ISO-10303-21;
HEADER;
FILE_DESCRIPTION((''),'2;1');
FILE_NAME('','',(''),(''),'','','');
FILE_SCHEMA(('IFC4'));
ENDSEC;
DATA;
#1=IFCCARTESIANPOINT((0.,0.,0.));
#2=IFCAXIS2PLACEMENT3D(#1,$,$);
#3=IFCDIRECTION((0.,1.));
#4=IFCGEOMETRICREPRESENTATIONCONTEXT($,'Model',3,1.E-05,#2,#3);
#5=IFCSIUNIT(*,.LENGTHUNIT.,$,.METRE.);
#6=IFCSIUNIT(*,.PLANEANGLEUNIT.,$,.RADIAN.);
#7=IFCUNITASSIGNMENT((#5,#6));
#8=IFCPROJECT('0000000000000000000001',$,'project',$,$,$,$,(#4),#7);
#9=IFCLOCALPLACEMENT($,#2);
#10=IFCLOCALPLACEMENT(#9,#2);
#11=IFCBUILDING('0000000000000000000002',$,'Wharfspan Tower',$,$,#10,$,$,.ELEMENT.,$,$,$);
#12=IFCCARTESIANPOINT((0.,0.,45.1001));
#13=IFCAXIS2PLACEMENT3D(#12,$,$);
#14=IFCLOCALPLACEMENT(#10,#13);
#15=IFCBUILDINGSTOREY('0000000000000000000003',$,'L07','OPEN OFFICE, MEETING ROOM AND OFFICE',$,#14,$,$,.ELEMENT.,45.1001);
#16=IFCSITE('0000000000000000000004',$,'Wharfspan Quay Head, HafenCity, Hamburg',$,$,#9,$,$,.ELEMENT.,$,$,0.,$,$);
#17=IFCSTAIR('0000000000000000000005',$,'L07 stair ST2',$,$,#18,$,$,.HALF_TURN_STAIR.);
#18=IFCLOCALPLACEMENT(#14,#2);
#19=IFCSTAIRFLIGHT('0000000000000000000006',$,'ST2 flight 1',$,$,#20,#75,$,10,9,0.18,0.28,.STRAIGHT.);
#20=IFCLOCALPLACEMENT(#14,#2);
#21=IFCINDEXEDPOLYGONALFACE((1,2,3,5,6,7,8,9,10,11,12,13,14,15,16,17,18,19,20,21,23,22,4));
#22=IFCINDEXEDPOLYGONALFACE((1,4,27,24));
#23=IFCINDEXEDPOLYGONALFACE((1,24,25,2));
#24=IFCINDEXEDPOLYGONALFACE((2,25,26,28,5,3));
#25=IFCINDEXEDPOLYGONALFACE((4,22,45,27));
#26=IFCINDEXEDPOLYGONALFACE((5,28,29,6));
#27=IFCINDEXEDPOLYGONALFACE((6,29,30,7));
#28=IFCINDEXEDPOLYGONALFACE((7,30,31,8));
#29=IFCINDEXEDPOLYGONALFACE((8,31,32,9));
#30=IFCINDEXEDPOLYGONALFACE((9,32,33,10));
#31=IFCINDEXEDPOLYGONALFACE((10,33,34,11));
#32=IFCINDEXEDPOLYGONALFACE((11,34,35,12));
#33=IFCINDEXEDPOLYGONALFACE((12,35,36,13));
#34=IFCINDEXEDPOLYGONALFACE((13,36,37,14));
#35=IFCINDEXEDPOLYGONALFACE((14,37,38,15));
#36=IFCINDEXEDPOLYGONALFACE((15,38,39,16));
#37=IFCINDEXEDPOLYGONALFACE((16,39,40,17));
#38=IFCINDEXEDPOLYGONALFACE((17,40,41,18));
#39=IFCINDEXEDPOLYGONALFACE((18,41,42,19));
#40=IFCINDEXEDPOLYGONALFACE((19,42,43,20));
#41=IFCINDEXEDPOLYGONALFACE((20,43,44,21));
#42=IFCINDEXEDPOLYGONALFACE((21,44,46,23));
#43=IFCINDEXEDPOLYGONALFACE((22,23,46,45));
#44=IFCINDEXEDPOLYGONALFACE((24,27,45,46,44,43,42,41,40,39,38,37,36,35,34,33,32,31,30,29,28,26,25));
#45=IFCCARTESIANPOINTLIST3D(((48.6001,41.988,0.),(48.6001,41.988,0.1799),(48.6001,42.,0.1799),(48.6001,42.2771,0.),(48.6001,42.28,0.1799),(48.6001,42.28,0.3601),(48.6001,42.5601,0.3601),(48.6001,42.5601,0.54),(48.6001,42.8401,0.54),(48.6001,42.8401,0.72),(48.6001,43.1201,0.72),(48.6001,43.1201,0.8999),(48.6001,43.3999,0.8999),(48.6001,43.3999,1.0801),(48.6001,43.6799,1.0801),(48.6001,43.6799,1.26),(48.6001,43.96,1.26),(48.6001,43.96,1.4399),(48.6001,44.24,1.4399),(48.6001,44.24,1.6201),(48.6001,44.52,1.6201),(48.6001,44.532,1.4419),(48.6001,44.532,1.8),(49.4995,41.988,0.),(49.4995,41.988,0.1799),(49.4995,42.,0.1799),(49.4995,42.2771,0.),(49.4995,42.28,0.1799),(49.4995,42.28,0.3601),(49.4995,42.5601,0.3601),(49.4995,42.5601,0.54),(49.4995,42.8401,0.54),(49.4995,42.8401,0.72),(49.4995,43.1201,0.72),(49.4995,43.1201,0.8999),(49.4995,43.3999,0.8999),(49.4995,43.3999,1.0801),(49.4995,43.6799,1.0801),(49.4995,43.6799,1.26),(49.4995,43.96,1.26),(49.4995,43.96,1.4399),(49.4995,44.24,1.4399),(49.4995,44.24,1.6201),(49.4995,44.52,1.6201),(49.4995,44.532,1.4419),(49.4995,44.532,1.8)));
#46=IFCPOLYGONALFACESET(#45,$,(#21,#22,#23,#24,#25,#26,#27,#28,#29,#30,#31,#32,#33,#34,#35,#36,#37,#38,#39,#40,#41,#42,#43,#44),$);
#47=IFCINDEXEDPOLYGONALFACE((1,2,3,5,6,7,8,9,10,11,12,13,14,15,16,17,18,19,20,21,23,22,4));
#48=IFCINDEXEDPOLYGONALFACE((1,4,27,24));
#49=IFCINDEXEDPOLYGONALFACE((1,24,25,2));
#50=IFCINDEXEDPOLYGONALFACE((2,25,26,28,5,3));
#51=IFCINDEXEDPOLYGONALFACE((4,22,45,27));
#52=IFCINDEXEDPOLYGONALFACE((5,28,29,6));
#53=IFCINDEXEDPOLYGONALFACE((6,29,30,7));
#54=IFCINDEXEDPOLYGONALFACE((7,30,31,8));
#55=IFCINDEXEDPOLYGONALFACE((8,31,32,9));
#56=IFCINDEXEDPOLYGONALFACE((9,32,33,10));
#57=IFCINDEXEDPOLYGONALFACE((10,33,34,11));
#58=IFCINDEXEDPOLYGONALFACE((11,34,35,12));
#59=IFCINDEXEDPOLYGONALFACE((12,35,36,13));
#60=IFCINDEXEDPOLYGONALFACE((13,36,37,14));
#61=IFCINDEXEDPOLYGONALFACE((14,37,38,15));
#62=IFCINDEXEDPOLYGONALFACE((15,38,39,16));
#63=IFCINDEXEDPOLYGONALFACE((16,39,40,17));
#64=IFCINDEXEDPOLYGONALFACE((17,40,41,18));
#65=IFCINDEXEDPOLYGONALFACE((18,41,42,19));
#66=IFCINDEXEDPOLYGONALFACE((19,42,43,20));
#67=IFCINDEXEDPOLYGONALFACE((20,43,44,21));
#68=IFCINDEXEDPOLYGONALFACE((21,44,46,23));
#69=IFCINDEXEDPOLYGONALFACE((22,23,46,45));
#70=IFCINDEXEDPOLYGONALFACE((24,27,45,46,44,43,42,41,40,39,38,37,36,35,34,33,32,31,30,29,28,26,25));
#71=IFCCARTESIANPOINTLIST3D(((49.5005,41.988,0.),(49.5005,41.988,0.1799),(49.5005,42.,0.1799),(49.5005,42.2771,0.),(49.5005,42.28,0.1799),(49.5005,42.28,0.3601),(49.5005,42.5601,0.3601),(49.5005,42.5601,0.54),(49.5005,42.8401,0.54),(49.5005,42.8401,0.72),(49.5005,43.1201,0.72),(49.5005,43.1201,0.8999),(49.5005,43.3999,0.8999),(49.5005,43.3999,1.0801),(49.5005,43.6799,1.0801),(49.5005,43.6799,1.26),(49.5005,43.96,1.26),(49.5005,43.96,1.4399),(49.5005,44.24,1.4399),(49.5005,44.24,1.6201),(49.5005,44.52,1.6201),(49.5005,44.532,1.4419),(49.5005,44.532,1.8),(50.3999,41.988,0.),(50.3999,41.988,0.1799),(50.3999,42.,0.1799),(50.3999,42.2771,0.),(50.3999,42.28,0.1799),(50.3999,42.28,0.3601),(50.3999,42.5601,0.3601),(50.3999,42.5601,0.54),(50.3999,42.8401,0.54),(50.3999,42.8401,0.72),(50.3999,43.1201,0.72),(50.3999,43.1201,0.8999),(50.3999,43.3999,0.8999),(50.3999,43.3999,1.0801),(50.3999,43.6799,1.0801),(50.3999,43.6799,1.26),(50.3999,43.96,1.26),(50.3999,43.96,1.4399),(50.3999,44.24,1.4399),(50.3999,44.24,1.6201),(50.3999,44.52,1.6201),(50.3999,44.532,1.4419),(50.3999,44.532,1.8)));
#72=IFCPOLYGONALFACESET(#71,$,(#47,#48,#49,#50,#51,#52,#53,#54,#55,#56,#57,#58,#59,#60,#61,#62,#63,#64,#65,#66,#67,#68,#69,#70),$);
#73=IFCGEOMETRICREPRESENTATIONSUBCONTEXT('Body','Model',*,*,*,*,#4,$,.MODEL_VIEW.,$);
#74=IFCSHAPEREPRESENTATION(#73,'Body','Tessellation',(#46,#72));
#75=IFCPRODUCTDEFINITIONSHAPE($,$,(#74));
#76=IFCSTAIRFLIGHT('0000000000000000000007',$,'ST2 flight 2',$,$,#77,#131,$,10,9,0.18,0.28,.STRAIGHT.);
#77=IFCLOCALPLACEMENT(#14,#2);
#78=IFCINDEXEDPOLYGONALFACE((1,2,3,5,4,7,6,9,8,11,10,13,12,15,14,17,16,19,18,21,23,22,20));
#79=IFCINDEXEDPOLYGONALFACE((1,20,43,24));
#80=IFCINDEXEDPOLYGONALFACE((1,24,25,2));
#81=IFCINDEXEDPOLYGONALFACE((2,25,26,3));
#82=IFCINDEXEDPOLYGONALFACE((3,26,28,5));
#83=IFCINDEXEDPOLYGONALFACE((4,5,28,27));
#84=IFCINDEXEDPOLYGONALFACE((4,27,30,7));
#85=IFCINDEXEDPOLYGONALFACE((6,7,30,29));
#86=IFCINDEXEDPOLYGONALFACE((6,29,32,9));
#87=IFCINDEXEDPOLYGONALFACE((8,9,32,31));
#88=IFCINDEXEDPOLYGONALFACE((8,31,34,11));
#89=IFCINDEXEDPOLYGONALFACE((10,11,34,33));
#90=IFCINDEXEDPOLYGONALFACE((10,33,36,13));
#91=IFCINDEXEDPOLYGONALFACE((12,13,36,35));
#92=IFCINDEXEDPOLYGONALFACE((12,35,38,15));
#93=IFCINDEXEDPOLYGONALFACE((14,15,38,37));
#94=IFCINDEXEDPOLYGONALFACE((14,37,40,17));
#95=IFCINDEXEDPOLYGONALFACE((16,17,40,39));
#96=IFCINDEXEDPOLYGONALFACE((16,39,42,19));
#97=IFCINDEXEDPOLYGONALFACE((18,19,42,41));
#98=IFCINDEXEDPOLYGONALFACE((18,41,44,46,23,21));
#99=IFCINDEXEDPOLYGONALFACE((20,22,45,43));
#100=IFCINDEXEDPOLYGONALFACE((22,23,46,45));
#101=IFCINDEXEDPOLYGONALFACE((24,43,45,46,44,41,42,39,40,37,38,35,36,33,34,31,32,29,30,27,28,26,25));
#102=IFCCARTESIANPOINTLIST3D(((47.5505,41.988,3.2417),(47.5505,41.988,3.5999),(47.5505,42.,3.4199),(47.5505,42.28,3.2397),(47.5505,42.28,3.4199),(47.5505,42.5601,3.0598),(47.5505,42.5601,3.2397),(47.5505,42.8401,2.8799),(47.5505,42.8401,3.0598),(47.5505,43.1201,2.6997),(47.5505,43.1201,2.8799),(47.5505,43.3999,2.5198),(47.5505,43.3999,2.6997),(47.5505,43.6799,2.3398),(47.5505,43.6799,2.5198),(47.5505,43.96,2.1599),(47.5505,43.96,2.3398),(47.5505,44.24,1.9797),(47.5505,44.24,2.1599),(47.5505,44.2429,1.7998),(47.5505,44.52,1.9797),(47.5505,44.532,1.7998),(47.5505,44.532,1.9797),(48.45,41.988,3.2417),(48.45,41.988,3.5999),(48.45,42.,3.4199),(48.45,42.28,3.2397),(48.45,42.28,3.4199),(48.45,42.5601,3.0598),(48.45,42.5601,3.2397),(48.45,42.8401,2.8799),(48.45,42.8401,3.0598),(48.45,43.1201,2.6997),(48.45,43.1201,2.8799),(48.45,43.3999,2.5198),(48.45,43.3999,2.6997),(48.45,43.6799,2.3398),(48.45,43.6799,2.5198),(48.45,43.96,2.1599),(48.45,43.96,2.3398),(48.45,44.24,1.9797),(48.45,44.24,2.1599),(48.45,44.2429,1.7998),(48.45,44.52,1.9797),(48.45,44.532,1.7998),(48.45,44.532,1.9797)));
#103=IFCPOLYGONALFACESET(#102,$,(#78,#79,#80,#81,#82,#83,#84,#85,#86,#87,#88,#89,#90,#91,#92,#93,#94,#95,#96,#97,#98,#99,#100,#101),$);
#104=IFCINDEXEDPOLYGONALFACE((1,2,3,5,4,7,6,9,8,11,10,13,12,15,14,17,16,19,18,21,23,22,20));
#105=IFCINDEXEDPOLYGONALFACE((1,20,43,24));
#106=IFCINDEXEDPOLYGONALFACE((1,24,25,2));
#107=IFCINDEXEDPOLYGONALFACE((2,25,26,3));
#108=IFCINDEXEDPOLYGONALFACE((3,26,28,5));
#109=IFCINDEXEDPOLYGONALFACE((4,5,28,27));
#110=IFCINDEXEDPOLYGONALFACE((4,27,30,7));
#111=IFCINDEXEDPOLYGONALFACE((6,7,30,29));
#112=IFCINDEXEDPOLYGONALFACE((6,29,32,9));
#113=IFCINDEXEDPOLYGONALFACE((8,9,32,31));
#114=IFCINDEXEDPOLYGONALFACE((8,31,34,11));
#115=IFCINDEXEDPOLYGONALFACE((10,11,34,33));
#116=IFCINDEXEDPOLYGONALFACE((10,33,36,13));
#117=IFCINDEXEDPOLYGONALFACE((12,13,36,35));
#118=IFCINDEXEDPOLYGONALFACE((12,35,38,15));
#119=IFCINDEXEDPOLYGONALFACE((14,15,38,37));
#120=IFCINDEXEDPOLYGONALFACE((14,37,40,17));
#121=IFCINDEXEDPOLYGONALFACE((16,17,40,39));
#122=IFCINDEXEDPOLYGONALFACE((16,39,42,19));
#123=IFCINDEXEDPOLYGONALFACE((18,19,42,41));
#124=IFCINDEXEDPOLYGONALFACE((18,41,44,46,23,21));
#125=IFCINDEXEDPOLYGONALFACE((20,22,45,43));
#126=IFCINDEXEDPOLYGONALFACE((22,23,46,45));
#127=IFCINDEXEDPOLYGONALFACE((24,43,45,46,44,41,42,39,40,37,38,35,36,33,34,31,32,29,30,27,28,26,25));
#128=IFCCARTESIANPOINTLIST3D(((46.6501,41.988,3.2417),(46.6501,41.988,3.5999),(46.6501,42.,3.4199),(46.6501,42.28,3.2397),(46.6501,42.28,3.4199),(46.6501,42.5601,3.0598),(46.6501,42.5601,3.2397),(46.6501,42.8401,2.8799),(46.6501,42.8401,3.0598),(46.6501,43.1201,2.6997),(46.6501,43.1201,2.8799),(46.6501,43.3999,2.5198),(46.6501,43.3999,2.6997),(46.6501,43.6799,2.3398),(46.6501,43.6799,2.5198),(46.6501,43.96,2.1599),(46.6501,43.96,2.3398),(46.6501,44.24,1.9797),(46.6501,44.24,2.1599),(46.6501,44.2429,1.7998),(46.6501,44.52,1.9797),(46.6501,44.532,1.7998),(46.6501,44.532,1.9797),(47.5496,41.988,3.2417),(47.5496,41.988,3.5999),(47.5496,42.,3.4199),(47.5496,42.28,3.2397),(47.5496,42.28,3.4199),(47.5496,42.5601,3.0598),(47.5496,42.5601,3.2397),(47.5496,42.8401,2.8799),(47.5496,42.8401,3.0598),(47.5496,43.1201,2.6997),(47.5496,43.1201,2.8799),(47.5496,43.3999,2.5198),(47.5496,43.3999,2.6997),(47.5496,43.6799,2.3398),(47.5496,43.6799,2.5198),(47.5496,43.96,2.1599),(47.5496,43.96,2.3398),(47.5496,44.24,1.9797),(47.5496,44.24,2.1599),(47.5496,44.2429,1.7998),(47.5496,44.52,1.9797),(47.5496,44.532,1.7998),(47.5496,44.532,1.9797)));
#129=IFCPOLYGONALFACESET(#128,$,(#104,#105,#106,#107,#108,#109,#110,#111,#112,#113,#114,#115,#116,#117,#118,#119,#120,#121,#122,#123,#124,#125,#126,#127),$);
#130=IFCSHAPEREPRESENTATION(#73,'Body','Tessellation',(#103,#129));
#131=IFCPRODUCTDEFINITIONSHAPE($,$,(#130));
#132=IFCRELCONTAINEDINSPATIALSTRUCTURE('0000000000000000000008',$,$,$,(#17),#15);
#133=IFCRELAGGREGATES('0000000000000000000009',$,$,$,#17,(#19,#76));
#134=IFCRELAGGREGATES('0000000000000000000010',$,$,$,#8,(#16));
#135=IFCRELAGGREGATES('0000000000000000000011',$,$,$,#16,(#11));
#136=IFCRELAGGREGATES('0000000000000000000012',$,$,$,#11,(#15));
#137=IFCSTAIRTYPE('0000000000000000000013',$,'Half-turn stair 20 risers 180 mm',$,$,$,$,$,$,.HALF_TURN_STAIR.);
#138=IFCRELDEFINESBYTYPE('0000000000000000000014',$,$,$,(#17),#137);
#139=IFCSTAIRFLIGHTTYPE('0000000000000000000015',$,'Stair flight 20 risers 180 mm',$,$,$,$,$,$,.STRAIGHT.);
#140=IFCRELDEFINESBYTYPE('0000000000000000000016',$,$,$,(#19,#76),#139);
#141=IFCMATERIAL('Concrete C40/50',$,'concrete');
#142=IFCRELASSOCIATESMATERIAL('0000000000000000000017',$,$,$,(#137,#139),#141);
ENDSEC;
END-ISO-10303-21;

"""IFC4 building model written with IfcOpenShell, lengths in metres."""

from ifc_helpers import new_model, si_unit, direction, frame, origin, place, context, subcontext, project, spatial, polyline, outline, extrude, material, type_object, element, aggregate, save


model = new_model("IFC4")

# Units and contexts
model_context = context("Model", 3, precision=1e-05, world=origin(), true_north=direction((0.0, 1.0)))
body_context = subcontext(model_context, "Body", "Model", "MODEL_VIEW")
ifc_project = project(units=[si_unit("LENGTHUNIT", "METRE"), si_unit("PLANEANGLEUNIT", "RADIAN")], contexts=[model_context])

# Site, building, storey
site_placement = place(None, origin())
site = spatial("IfcSite", under=ifc_project, at=site_placement, Name="Wharfspan Quay Head, HafenCity, Hamburg", CompositionType="ELEMENT", RefElevation=0.0)
building_placement = place(site_placement, origin())
building = spatial("IfcBuilding", under=site, at=building_placement, Name="Wharfspan Tower", CompositionType="ELEMENT")
storey_placement = place(building_placement, frame((0.0, 0.0, 45.1001)))
storey = spatial("IfcBuildingStorey", under=building, at=storey_placement, Name="L07", Description="OPEN OFFICE, MEETING ROOM AND OFFICE", CompositionType="ELEMENT", Elevation=45.1001)

# Shared definitions
ifc_material_1 = material(Name="Concrete C40/50", Category="concrete")

# Stair, stair flights
stair_type = type_object("IfcStairType", Name="Half-turn stair 20 risers 180 mm", PredefinedType="HALF_TURN_STAIR", material=ifc_material_1)
stair_placement = place(storey_placement, origin())
stair = element("IfcStair", 1, at=stair_placement, inside=storey, type_object=stair_type, Name="L07 stair ST2", PredefinedType="HALF_TURN_STAIR")
stair_flight_type = type_object("IfcStairFlightType", Name="Stair flight 20 risers 180 mm", PredefinedType="STRAIGHT", material=ifc_material_1)
stair_flight_1_placement = place(storey_placement, frame((49.5, 42.0, 0.0), z_axis=(0.0, 0.0, 1.0), x_axis=(0.0, 1.0, 0.0)))
stair_flight_1 = element("IfcStairFlight", 2, at=stair_flight_1_placement, type_object=stair_flight_type, Name="ST2 flight 1", NumberOfRisers=10, NumberOfTreads=9, PredefinedType="STRAIGHT", RiserHeight=0.18, TreadLength=0.28, context=body_context, shape_type="SweptSolid", body=[
    extrude(outline(polyline([(-0.012, 0.0), (-0.012, 0.1799), (0.0, 0.1799), (0.28, 0.1799), (0.28, 0.3601), (0.5601, 0.3601), (0.5601, 0.54), (0.8401, 0.54), (0.8401, 0.72), (1.1201, 0.72), (1.1201, 0.8999), (1.3999, 0.8999), (1.3999, 1.0801), (1.6799, 1.0801), (1.6799, 1.26), (1.96, 1.26), (1.96, 1.4399), (2.24, 1.4399), (2.24, 1.6201), (2.52, 1.6201), (2.532, 1.8), (2.532, 1.4419), (0.2771, 0.0), (-0.012, 0.0)])), frame((0.0, 0.8999, 0.0), z_axis=(0.0, -1.0, 0.0), x_axis=(1.0, 0.0, 0.0)), (0.0, 0.0, 1.0), 0.8994),
    extrude(outline(polyline([(-0.012, 0.0), (-0.012, 0.1799), (0.0, 0.1799), (0.28, 0.1799), (0.28, 0.3601), (0.5601, 0.3601), (0.5601, 0.54), (0.8401, 0.54), (0.8401, 0.72), (1.1201, 0.72), (1.1201, 0.8999), (1.3999, 0.8999), (1.3999, 1.0801), (1.6799, 1.0801), (1.6799, 1.26), (1.96, 1.26), (1.96, 1.4399), (2.24, 1.4399), (2.24, 1.6201), (2.52, 1.6201), (2.532, 1.8), (2.532, 1.4419), (0.2771, 0.0), (-0.012, 0.0)])), frame((0.0, -0.0005, 0.0), z_axis=(0.0, -1.0, 0.0), x_axis=(1.0, 0.0, 0.0)), (0.0, 0.0, 1.0), 0.8994),
])
stair_flight_2_placement = place(storey_placement, frame((47.55, 44.52, 1.7998), z_axis=(0.0, 0.0, 1.0), x_axis=(0.0, -1.0, 0.0)))
stair_flight_2 = element("IfcStairFlight", 3, at=stair_flight_2_placement, type_object=stair_flight_type, Name="ST2 flight 2", NumberOfRisers=10, NumberOfTreads=9, PredefinedType="STRAIGHT", RiserHeight=0.18, TreadLength=0.28, context=body_context, shape_type="SweptSolid", body=[
    extrude(outline(polyline([(-0.012, 0.0), (-0.012, 0.1799), (0.0, 0.1799), (0.28, 0.1799), (0.28, 0.3601), (0.5601, 0.3601), (0.5601, 0.54), (0.8401, 0.54), (0.8401, 0.72), (1.1201, 0.72), (1.1201, 0.8999), (1.3999, 0.8999), (1.3999, 1.0801), (1.6799, 1.0801), (1.6799, 1.26), (1.96, 1.26), (1.96, 1.4399), (2.24, 1.4399), (2.24, 1.6201), (2.52, 1.6201), (2.532, 1.8), (2.532, 1.4419), (0.2771, 0.0), (-0.012, 0.0)])), frame((0.0, 0.8999, 0.0), z_axis=(0.0, -1.0, 0.0), x_axis=(1.0, 0.0, 0.0)), (0.0, 0.0, 1.0), 0.8994),
    extrude(outline(polyline([(-0.012, 0.0), (-0.012, 0.1799), (0.0, 0.1799), (0.28, 0.1799), (0.28, 0.3601), (0.5601, 0.3601), (0.5601, 0.54), (0.8401, 0.54), (0.8401, 0.72), (1.1201, 0.72), (1.1201, 0.8999), (1.3999, 0.8999), (1.3999, 1.0801), (1.6799, 1.0801), (1.6799, 1.26), (1.96, 1.26), (1.96, 1.4399), (2.24, 1.4399), (2.24, 1.6201), (2.52, 1.6201), (2.532, 1.8), (2.532, 1.4419), (0.2771, 0.0), (-0.012, 0.0)])), frame((0.0, -0.0005, 0.0), z_axis=(0.0, -1.0, 0.0), x_axis=(1.0, 0.0, 0.0)), (0.0, 0.0, 1.0), 0.8994),
])
aggregate(stair, [stair_flight_1, stair_flight_2])

save(model, "model.ifc")
